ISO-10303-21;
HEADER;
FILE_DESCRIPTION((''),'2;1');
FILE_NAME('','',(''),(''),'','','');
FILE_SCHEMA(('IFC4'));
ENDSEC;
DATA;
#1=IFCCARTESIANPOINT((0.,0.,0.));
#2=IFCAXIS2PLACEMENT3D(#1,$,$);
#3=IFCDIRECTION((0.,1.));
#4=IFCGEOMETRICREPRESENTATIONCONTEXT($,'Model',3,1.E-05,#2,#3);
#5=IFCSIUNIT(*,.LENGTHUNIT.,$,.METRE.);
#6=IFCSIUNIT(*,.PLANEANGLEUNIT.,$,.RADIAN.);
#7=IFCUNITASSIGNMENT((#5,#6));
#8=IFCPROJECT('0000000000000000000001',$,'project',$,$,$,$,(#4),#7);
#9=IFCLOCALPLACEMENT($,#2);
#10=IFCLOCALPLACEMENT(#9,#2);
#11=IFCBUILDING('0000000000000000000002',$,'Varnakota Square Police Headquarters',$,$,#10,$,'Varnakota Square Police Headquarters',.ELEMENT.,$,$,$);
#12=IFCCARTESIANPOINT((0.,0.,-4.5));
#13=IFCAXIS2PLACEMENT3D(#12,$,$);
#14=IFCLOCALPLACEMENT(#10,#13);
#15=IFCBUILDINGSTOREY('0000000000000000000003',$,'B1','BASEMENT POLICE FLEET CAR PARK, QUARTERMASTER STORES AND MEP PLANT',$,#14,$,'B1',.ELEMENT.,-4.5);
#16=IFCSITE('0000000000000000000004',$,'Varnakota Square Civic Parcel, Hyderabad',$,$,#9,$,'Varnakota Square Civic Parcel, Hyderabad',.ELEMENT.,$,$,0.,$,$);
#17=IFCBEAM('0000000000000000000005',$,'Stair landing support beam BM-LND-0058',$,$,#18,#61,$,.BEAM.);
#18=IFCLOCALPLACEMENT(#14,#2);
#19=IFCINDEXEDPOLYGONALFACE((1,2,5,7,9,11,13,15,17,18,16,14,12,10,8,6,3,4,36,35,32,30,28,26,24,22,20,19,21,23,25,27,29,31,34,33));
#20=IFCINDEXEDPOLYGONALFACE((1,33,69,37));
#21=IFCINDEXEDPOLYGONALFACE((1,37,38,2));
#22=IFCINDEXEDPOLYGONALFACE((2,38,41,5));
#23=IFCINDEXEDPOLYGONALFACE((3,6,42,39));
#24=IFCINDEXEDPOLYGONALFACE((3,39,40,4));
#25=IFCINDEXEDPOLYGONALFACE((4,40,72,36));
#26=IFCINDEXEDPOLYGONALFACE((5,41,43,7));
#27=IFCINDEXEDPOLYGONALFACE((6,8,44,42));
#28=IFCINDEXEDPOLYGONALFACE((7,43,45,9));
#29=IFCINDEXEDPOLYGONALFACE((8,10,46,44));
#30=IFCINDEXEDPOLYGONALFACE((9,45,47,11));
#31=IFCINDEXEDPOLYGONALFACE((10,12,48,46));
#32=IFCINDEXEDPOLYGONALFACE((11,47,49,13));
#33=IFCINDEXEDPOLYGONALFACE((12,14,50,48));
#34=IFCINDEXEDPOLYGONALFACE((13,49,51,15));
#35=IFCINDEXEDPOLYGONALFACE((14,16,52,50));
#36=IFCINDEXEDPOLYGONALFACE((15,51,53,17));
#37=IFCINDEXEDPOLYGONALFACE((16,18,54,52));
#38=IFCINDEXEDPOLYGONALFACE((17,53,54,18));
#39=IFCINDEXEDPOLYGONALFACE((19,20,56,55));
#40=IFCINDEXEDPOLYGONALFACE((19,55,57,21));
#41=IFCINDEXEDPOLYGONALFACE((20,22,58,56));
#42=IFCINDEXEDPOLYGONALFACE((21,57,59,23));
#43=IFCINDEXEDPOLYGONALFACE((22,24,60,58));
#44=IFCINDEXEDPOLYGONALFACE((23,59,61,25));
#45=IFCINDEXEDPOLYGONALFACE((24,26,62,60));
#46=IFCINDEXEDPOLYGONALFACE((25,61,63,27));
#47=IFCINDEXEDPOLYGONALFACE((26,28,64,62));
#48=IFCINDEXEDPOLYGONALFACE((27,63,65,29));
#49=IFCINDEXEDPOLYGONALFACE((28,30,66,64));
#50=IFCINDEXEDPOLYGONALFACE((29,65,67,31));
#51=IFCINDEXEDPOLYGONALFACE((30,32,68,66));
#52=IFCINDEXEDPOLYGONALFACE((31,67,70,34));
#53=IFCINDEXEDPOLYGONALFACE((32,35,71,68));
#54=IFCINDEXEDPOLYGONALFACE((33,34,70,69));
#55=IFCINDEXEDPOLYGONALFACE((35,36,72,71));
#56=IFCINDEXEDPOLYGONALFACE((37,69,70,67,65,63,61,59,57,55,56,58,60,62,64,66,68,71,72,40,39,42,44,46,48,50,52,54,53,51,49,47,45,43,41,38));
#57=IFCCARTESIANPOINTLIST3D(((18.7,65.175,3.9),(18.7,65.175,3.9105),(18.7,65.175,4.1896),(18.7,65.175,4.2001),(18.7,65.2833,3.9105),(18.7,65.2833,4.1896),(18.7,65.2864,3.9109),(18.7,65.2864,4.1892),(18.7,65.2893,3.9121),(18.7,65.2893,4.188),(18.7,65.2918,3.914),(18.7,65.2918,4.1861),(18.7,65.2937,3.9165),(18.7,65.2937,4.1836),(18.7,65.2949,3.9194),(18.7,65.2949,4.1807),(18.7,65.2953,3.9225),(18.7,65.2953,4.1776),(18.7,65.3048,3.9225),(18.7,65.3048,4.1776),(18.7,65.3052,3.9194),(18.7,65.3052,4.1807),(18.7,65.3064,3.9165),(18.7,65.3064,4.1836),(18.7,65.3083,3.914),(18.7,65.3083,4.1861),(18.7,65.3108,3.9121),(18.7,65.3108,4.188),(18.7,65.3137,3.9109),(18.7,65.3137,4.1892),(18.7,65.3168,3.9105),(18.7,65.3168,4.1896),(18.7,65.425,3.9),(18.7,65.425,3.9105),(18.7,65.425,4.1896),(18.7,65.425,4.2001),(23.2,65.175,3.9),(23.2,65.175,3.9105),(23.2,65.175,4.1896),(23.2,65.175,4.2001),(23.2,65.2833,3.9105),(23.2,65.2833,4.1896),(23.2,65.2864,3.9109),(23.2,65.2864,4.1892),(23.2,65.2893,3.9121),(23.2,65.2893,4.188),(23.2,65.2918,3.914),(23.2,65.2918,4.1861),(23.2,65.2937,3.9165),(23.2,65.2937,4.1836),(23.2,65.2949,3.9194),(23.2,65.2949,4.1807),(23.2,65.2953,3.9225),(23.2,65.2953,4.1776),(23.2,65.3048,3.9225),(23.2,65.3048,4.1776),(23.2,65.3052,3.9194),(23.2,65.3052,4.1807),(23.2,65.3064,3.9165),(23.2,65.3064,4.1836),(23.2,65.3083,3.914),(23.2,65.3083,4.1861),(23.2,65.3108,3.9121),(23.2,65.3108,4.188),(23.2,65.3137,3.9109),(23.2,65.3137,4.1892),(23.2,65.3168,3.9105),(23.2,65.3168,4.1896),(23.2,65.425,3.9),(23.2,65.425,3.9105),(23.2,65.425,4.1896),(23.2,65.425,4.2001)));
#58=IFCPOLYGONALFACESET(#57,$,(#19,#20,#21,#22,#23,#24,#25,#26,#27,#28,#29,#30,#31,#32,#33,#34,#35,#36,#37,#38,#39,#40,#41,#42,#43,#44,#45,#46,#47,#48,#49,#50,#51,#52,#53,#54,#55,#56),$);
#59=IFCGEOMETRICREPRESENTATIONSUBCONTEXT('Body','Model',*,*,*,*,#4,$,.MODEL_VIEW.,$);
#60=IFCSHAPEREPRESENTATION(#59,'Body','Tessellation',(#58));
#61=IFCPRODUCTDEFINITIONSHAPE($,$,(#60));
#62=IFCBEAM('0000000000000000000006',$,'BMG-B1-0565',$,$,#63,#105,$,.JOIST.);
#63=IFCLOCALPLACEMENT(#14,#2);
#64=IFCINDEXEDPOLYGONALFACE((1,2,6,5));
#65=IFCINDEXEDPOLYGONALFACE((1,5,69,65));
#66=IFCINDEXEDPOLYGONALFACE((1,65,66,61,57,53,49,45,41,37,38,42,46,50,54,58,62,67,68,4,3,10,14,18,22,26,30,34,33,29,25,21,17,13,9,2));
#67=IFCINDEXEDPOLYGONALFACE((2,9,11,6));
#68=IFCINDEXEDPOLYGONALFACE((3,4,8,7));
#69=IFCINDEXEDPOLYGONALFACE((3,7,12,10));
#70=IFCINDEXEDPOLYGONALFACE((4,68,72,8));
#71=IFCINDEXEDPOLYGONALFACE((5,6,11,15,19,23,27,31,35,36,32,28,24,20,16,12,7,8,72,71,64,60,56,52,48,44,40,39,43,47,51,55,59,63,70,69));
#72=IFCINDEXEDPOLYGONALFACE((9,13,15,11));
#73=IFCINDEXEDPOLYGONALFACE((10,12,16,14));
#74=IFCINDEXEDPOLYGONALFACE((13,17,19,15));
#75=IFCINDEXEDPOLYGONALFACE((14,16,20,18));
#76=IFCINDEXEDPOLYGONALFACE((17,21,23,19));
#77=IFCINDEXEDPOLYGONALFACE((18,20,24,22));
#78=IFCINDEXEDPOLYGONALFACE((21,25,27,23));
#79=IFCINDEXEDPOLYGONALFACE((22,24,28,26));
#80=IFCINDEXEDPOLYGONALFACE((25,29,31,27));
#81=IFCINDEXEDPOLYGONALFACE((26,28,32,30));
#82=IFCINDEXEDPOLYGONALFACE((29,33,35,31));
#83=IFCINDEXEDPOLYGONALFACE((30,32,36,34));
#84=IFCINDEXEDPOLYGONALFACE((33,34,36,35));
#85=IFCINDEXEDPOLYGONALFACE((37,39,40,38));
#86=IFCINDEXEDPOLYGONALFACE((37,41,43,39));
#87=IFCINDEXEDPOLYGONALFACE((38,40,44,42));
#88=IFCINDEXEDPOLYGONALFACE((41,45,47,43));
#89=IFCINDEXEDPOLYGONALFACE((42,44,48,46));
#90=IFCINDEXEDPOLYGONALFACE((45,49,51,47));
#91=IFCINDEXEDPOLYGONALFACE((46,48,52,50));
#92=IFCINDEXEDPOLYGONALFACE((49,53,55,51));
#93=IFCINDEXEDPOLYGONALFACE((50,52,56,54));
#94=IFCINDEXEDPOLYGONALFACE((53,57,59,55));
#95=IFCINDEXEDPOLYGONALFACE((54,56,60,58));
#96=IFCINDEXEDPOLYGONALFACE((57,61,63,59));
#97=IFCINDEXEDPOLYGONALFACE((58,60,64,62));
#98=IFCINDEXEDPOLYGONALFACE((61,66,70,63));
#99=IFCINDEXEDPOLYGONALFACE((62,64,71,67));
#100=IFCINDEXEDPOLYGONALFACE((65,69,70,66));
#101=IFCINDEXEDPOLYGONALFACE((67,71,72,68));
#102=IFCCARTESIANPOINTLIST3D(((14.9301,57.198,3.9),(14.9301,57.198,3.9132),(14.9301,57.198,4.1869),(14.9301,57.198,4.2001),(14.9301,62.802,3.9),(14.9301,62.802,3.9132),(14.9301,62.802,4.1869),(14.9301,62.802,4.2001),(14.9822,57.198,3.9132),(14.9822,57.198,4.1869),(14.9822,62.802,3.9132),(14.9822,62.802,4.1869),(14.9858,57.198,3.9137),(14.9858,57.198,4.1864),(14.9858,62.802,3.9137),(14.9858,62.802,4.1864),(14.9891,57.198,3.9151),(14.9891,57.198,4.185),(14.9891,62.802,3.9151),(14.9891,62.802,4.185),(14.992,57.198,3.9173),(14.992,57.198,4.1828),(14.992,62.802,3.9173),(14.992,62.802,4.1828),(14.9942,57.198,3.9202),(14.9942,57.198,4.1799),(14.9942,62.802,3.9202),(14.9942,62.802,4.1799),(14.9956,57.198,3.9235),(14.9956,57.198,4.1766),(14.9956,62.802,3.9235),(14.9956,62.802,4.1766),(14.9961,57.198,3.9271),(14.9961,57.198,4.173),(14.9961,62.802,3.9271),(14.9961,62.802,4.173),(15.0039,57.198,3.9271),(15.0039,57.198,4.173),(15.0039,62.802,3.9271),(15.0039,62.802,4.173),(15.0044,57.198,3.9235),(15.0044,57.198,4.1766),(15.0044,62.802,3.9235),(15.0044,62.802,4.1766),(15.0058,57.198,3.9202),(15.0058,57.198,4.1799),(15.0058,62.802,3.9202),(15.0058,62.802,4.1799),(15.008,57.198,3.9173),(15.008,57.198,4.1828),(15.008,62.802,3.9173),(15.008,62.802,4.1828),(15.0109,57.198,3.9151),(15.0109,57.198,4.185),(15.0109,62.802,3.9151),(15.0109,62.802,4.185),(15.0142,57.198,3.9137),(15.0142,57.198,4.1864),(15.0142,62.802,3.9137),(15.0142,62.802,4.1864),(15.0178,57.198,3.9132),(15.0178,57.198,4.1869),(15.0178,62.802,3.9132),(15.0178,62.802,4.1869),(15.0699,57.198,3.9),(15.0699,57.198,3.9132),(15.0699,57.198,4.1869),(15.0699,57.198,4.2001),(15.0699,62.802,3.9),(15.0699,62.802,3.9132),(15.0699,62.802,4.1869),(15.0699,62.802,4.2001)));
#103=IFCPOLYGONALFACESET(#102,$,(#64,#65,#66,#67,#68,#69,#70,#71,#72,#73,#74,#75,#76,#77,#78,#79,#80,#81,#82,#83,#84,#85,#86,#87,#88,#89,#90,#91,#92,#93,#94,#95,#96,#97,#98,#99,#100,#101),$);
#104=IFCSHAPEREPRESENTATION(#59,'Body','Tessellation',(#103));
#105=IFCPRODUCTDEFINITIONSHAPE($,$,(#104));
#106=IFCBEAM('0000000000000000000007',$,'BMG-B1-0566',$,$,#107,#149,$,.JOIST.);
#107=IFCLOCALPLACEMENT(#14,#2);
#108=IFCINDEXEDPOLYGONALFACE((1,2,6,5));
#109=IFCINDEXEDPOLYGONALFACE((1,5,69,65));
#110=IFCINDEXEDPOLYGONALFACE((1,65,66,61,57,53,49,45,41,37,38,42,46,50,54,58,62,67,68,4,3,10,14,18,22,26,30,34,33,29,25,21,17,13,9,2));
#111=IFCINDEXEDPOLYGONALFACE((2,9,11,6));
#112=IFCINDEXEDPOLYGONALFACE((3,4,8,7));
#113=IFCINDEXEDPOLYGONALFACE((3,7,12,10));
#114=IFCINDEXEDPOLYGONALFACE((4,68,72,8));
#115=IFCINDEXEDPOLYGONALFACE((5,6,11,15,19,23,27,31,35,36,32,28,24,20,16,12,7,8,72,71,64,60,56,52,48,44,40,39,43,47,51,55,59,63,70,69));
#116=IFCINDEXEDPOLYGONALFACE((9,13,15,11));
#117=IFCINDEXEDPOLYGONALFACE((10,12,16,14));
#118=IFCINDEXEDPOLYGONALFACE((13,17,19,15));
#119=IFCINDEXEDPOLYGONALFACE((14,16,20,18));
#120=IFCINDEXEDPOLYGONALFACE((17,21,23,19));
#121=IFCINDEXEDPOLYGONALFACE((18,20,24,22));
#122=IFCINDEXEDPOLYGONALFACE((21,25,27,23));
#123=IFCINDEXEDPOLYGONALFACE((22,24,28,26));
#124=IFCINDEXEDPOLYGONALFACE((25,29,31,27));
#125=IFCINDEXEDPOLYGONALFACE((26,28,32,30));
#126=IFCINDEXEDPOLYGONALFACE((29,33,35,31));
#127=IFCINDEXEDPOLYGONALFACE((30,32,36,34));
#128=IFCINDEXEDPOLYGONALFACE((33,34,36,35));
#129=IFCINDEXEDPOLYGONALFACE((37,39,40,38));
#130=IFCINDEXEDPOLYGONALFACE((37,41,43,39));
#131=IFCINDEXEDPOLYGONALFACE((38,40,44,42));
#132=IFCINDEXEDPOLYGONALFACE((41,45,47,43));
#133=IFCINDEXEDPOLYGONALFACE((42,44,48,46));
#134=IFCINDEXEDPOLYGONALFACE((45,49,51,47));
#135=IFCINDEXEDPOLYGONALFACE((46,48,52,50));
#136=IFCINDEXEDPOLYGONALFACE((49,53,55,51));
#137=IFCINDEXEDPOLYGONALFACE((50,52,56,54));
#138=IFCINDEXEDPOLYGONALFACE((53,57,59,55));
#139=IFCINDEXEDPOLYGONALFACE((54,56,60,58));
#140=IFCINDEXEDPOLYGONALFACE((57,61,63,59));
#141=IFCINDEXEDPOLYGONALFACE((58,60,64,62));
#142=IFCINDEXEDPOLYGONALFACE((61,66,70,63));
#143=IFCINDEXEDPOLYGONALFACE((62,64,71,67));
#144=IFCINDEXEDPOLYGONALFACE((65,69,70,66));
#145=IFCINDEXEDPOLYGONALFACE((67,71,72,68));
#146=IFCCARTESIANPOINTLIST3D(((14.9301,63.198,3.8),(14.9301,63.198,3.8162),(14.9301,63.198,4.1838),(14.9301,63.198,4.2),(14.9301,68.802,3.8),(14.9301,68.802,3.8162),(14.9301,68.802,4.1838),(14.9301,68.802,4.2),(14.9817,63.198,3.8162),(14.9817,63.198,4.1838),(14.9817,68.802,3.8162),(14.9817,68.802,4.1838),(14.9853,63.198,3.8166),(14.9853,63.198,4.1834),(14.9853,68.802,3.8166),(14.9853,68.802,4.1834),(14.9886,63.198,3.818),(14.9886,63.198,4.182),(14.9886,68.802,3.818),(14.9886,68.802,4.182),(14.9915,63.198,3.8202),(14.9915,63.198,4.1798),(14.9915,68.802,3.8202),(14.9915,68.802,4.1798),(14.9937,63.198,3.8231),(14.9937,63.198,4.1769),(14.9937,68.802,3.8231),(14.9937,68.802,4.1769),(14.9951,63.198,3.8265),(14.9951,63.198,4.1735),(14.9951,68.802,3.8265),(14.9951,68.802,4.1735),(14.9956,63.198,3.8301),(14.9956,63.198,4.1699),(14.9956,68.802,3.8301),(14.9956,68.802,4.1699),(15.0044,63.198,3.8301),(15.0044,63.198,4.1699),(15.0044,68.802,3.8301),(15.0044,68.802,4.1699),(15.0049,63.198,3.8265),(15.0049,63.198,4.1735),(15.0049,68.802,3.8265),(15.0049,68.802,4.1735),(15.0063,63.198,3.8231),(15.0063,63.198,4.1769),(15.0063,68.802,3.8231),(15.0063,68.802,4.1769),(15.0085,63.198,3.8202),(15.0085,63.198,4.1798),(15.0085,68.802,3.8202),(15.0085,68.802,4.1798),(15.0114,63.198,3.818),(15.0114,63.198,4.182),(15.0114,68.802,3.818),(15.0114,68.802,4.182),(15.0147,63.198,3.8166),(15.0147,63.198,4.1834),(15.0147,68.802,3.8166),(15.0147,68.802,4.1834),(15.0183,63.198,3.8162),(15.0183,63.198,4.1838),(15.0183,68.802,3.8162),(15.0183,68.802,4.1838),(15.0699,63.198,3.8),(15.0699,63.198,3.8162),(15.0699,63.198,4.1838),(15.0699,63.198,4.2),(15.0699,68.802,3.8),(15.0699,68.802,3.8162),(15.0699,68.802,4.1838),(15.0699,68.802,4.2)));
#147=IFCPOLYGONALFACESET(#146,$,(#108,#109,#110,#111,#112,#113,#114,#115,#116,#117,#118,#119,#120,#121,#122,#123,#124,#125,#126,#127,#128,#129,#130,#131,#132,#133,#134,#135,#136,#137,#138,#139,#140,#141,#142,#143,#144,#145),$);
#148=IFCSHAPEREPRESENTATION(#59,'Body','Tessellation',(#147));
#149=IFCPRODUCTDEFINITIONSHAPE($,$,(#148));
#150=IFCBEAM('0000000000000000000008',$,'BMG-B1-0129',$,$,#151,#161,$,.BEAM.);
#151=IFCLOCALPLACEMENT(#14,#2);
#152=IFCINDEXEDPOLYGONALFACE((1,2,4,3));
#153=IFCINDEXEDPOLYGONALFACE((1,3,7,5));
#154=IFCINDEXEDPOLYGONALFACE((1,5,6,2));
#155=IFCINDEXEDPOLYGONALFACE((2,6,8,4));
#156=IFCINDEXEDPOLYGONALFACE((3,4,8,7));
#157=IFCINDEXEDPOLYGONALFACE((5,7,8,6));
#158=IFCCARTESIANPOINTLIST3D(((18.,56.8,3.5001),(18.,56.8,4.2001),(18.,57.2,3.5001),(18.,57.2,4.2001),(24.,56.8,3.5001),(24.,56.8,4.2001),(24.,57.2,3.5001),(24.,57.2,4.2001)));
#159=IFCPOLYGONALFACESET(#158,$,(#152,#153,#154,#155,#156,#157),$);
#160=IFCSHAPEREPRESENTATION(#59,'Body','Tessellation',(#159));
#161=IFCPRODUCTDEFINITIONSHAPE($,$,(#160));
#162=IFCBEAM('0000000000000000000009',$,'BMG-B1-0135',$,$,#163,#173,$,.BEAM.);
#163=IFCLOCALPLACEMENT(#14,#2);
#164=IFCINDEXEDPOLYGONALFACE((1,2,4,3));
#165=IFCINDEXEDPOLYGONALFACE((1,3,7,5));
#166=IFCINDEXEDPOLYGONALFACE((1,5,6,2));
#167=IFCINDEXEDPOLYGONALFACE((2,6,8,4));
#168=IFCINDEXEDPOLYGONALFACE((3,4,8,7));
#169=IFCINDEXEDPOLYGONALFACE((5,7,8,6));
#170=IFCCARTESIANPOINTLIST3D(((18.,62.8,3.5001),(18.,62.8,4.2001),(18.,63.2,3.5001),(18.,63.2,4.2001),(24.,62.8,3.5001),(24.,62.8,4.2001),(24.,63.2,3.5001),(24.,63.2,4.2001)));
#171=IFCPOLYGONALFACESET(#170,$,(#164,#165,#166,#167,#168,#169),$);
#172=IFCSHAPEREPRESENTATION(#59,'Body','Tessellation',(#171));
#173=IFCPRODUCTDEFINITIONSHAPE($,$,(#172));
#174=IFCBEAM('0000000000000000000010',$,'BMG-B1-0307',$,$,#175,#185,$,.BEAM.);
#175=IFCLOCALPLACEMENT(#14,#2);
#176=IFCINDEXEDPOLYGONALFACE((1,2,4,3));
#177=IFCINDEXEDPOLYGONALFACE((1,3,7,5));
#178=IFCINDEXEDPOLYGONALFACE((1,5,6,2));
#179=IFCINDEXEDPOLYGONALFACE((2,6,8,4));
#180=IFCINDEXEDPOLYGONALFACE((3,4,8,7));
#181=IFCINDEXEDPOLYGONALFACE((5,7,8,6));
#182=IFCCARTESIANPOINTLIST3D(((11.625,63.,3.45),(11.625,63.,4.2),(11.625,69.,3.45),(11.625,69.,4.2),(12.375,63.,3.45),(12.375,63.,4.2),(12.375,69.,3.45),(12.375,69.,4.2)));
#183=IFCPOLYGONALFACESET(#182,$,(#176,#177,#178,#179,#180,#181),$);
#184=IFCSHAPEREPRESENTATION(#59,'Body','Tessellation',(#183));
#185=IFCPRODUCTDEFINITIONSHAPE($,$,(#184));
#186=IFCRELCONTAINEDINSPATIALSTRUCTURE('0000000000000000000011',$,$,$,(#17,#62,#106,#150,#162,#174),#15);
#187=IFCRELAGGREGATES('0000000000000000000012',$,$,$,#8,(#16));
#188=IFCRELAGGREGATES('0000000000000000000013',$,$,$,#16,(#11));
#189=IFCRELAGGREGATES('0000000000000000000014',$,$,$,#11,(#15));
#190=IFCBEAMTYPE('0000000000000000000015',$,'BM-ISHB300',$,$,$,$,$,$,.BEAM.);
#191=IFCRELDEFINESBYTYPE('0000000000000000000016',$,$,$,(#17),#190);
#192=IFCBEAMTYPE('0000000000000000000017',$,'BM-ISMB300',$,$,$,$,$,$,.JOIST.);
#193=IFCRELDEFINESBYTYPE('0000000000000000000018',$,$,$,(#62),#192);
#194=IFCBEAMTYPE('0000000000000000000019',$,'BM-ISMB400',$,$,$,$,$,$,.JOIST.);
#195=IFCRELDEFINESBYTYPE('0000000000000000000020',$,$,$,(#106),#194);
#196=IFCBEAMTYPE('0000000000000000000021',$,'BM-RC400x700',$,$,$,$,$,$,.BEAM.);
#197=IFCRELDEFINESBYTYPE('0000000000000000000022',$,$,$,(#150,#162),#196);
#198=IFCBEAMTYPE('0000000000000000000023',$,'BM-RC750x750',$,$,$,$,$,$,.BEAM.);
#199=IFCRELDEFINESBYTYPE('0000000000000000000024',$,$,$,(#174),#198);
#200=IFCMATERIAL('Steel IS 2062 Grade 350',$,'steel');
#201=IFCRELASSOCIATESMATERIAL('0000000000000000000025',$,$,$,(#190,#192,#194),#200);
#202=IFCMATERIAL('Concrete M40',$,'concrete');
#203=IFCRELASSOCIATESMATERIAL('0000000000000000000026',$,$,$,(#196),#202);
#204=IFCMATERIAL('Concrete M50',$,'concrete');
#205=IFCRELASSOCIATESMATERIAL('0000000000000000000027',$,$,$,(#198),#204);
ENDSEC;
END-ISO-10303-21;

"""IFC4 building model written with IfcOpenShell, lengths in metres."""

from ifc_helpers import new_model, si_unit, direction, frame, origin, origin_2d, place, context, subcontext, project, spatial, rectangle, i_section, extrude, material, material_profile, profile_set, type_object, element, save


model = new_model("IFC4")

# Units and contexts
model_context = context("Model", 3, precision=1e-05, world=origin(), true_north=direction((0.0, 1.0)))
body_context = subcontext(model_context, "Body", "Model", "MODEL_VIEW")
ifc_project = project(units=[si_unit("LENGTHUNIT", "METRE"), si_unit("PLANEANGLEUNIT", "RADIAN")], contexts=[model_context])

# Site, building, storey
site_placement = place(None, origin())
site = spatial("IfcSite", under=ifc_project, at=site_placement, Name="Varnakota Square Civic Parcel, Hyderabad", LongName="Varnakota Square Civic Parcel, Hyderabad", CompositionType="ELEMENT", RefElevation=0.0)
building_placement = place(site_placement, origin())
building = spatial("IfcBuilding", under=site, at=building_placement, Name="Varnakota Square Police Headquarters", LongName="Varnakota Square Police Headquarters", CompositionType="ELEMENT")
storey_placement = place(building_placement, frame((0.0, 0.0, -4.5)))
storey = spatial("IfcBuildingStorey", under=building, at=storey_placement, Name="B1", Description="BASEMENT POLICE FLEET CAR PARK, QUARTERMASTER STORES AND MEP PLANT", LongName="B1", CompositionType="ELEMENT", Elevation=-4.5)

# Shared definitions
ifc_material_1 = material(Name="Concrete M40", Category="concrete")
ifc_material_2 = material(Name="Concrete M50", Category="concrete")

# Beams
ifc_material_3 = material(Name="Steel IS 2062 Grade 350", Category="steel")
ifc_material_profile_1 = material_profile(ifc_material_3, i_section(OverallWidth=0.25, OverallDepth=0.3, WebThickness=0.0095, FlangeThickness=0.0105, FilletRadius=0.012, at=origin_2d()), Name="ISHB 300")
ifc_profile_set_1 = profile_set([ifc_material_profile_1], Name="Steel IS 2062 Grade 350")
beam_type_1 = type_object("IfcBeamType", Name="BM-ISHB300", PredefinedType="BEAM", material=ifc_profile_set_1)
beam_1_placement = place(storey_placement, frame((18.7, 65.3, 4.05), z_axis=(1.0, 0.0, 0.0), x_axis=(0.0, 1.0, 0.0)))
element("IfcBeam", 1, at=beam_1_placement, inside=storey, type_object=beam_type_1, Name="Stair landing support beam BM-LND-0058", PredefinedType="BEAM", context=body_context, shape_type="SweptSolid", body=[
    extrude(i_section(OverallWidth=0.25, OverallDepth=0.3, WebThickness=0.0095, FlangeThickness=0.0105, FilletRadius=0.012, at=origin_2d()), origin(), (0.0, 0.0, 1.0), 4.5),
])
ifc_material_profile_2 = material_profile(ifc_material_3, i_section(OverallWidth=0.1399, OverallDepth=0.3, WebThickness=0.0078, FlangeThickness=0.0132, FilletRadius=0.0139, at=origin_2d()), Name="ISMB 300")
ifc_profile_set_2 = profile_set([ifc_material_profile_2], Name="Steel IS 2062 Grade 350")
beam_type_2 = type_object("IfcBeamType", Name="BM-ISMB300", PredefinedType="JOIST", material=ifc_profile_set_2)
beam_2_placement = place(storey_placement, frame((15.0, 57.198, 4.05), z_axis=(0.0, 1.0, 0.0), x_axis=(-1.0, 0.0, 0.0)))
element("IfcBeam", 2, at=beam_2_placement, inside=storey, type_object=beam_type_2, Name="BMG-B1-0565", PredefinedType="JOIST", context=body_context, shape_type="SweptSolid", body=[
    extrude(i_section(OverallWidth=0.1399, OverallDepth=0.3, WebThickness=0.0078, FlangeThickness=0.0132, FilletRadius=0.0139, at=origin_2d()), origin(), (0.0, 0.0, 1.0), 5.604),
])
ifc_material_profile_3 = material_profile(ifc_material_3, i_section(OverallWidth=0.1399, OverallDepth=0.3999, WebThickness=0.0088, FlangeThickness=0.0161, FilletRadius=0.0139, at=origin_2d()), Name="ISMB 400")
ifc_profile_set_3 = profile_set([ifc_material_profile_3], Name="Steel IS 2062 Grade 350")
beam_type_3 = type_object("IfcBeamType", Name="BM-ISMB400", PredefinedType="JOIST", material=ifc_profile_set_3)
beam_3_placement = place(storey_placement, frame((15.0, 63.198, 4.0), z_axis=(0.0, 1.0, 0.0), x_axis=(-1.0, 0.0, 0.0)))
element("IfcBeam", 3, at=beam_3_placement, inside=storey, type_object=beam_type_3, Name="BMG-B1-0566", PredefinedType="JOIST", context=body_context, shape_type="SweptSolid", body=[
    extrude(i_section(OverallWidth=0.1399, OverallDepth=0.3999, WebThickness=0.0088, FlangeThickness=0.0161, FilletRadius=0.0139, at=origin_2d()), origin(), (0.0, 0.0, 1.0), 5.604),
])
ifc_material_profile_4 = material_profile(ifc_material_1, rectangle(XDim=0.3999, YDim=0.7, at=origin_2d()), Name="RC 400x700")
ifc_profile_set_4 = profile_set([ifc_material_profile_4], Name="Concrete M40")
beam_type_4 = type_object("IfcBeamType", Name="BM-RC400x700", PredefinedType="BEAM", material=ifc_profile_set_4)
for number, where, z_axis, x_axis, name in (
    (4, (18.0, 57.0, 3.8501), (1.0, 0.0, 0.0), (0.0, 1.0, 0.0), "BMG-B1-0129"),
    (5, (18.0, 63.0, 3.8501), (1.0, 0.0, 0.0), (0.0, 1.0, 0.0), "BMG-B1-0135"),
):
    element("IfcBeam", number, at=place(storey_placement, frame(where, z_axis=z_axis, x_axis=x_axis)), inside=storey, type_object=beam_type_4, Name=name, PredefinedType="BEAM", context=body_context, shape_type="SweptSolid", body=[
        extrude(rectangle(XDim=0.3999, YDim=0.7, at=origin_2d()), origin(), (0.0, 0.0, 1.0), 6.0),
    ])
ifc_material_profile_5 = material_profile(ifc_material_2, rectangle(XDim=0.75, YDim=0.75, at=origin_2d()), Name="RC 750x750")
ifc_profile_set_5 = profile_set([ifc_material_profile_5], Name="Concrete M50")
beam_type_5 = type_object("IfcBeamType", Name="BM-RC750x750", PredefinedType="BEAM", material=ifc_profile_set_5)
for number, where, z_axis, x_axis, name in (
    (6, (12.0, 63.0, 3.825), (0.0, 1.0, 0.0), (-1.0, 0.0, 0.0), "BMG-B1-0307"),
):
    element("IfcBeam", number, at=place(storey_placement, frame(where, z_axis=z_axis, x_axis=x_axis)), inside=storey, type_object=beam_type_5, Name=name, PredefinedType="BEAM", context=body_context, shape_type="SweptSolid", body=[
        extrude(rectangle(XDim=0.75, YDim=0.75, at=origin_2d()), origin(), (0.0, 0.0, 1.0), 6.0),
    ])

save(model, "model.ifc")
